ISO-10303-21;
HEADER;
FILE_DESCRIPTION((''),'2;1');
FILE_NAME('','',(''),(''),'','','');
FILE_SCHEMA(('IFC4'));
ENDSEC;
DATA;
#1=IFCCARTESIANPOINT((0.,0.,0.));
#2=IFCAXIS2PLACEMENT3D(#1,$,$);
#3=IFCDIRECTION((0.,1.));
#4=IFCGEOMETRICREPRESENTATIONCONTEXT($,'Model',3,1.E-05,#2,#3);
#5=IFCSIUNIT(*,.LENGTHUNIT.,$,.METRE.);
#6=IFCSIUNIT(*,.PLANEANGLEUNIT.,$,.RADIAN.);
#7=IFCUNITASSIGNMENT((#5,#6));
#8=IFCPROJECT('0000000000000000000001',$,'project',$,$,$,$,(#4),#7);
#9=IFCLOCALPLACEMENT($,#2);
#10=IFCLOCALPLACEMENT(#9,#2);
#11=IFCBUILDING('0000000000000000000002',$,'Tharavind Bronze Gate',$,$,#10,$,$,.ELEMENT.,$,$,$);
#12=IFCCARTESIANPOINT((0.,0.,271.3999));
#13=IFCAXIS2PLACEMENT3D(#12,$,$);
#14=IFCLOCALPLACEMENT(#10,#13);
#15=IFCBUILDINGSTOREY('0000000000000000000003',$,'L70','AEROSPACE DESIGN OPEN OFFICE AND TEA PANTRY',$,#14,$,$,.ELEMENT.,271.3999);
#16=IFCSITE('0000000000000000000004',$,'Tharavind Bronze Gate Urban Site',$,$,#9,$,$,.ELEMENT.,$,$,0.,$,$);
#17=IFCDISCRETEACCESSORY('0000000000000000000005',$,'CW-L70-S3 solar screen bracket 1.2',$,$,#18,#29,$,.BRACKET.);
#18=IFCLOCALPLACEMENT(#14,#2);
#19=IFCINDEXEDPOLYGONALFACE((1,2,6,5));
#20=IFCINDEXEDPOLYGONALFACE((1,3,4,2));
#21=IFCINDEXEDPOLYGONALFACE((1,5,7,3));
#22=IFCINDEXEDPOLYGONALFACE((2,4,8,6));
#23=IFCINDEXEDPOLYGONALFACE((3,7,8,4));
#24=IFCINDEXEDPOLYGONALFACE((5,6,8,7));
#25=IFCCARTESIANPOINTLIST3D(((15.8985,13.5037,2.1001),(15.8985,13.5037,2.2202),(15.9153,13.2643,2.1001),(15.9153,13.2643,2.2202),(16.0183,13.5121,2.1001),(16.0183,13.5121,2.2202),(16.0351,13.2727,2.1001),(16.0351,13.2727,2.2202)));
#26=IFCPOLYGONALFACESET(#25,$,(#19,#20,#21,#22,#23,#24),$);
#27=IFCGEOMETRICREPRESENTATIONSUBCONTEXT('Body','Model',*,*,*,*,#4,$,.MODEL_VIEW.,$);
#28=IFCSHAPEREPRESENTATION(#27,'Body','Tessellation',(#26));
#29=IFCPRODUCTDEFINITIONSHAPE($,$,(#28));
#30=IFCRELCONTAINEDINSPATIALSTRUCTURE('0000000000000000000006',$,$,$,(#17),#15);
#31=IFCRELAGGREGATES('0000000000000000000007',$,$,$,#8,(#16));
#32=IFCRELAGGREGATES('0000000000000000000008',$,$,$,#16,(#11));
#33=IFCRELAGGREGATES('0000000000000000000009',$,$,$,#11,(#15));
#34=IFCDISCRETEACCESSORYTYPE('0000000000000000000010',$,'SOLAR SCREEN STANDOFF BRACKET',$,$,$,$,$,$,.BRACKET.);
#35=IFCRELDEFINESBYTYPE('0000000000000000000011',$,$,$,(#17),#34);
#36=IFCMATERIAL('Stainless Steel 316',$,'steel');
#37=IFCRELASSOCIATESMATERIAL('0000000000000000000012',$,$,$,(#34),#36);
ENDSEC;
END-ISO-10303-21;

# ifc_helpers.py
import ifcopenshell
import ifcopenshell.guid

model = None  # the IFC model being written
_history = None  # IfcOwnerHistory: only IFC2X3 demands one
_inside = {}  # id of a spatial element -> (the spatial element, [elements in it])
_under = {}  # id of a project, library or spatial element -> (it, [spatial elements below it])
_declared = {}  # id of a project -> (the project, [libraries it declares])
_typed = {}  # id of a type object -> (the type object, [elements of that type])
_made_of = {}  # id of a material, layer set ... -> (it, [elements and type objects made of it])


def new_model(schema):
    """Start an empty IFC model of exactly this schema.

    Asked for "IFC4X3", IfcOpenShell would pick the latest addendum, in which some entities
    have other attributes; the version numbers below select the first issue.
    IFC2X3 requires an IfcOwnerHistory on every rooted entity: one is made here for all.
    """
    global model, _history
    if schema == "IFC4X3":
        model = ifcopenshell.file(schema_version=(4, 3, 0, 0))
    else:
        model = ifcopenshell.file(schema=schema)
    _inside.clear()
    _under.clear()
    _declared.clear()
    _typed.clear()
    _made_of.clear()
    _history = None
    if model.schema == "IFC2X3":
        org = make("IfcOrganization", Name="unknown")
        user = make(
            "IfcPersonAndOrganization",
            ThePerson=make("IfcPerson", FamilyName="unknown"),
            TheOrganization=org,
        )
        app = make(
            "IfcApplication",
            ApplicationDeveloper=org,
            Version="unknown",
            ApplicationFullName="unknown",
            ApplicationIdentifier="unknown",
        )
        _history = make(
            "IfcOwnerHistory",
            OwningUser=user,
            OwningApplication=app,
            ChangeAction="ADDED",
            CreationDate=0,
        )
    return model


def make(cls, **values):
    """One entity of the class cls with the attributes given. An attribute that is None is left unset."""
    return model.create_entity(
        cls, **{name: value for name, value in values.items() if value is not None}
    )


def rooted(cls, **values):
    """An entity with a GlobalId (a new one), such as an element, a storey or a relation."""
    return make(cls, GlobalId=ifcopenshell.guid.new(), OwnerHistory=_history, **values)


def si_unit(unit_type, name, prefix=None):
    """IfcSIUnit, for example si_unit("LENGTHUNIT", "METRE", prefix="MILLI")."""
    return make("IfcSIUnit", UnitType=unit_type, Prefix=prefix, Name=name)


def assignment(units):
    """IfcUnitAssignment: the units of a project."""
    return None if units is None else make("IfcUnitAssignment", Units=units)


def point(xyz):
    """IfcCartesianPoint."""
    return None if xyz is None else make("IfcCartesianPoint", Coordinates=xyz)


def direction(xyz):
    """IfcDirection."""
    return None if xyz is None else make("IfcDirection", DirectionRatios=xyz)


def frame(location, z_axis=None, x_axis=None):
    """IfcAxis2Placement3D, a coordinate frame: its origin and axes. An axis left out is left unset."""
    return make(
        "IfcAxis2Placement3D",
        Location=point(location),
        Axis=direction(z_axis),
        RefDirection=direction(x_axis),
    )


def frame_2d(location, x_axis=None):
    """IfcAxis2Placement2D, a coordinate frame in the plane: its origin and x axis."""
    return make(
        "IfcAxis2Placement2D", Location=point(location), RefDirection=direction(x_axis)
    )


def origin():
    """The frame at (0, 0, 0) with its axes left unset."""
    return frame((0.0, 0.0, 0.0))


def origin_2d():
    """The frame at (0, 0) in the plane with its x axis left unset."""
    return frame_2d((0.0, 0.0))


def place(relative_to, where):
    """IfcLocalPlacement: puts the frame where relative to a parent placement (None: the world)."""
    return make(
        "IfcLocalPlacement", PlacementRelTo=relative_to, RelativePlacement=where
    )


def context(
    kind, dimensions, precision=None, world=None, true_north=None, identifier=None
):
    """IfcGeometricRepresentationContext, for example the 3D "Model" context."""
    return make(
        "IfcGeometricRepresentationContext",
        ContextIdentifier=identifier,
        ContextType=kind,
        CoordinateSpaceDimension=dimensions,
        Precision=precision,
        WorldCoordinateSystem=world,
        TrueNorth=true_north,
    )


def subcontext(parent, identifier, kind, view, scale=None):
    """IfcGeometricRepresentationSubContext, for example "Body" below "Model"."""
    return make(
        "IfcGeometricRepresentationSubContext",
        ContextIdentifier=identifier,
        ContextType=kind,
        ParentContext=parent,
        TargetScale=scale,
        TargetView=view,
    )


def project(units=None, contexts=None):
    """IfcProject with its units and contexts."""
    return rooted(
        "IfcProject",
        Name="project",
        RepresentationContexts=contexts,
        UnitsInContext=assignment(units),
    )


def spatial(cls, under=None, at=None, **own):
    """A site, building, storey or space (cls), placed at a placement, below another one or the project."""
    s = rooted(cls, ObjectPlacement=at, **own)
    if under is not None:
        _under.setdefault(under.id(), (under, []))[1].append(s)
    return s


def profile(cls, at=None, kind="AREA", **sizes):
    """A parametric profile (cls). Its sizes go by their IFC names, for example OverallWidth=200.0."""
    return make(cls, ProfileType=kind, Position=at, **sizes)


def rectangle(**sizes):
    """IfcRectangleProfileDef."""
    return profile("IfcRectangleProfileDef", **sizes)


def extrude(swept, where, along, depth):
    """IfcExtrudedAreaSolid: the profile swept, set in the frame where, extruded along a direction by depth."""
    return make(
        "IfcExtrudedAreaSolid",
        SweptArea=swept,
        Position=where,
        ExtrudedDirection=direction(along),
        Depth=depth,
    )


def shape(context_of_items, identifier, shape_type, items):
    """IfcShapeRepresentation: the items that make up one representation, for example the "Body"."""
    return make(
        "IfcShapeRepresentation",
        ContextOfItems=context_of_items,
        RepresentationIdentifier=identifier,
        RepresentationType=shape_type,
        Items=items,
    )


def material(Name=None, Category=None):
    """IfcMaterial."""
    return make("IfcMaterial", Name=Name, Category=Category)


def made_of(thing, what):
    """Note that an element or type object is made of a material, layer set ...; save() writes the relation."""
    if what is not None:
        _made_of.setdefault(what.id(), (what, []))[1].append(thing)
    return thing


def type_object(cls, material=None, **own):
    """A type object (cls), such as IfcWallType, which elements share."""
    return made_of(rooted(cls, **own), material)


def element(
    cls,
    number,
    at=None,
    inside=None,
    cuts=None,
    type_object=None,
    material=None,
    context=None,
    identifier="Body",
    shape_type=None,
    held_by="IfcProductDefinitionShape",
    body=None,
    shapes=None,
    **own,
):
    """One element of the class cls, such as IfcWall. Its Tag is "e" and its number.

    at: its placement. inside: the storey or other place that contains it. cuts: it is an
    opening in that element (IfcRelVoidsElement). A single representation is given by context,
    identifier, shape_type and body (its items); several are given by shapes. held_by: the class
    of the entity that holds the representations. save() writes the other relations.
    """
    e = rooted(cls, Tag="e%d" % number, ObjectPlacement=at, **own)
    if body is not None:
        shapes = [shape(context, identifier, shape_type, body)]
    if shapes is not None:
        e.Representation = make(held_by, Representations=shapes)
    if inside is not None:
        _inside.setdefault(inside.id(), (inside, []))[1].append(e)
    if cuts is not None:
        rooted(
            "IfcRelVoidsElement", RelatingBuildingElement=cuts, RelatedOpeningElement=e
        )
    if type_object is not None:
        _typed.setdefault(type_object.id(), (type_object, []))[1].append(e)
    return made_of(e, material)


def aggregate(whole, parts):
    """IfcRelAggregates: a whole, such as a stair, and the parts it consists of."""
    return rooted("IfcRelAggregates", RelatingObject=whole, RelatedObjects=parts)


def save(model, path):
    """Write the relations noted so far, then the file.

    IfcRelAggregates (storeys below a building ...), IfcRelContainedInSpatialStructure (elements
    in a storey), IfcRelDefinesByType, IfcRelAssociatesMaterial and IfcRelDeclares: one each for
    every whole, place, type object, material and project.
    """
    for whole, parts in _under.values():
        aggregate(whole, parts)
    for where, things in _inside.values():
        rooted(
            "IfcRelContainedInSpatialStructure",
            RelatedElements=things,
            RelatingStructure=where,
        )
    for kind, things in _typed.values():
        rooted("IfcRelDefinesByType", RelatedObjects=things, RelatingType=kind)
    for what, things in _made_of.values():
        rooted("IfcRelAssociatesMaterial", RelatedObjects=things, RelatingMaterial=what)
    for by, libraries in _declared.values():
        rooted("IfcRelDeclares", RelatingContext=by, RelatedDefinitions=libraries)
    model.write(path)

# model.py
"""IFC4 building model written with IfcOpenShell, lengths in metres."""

from ifc_helpers import new_model, si_unit, direction, frame, origin, origin_2d, place, context, subcontext, project, spatial, rectangle, extrude, material, type_object, element, save


model = new_model("IFC4")

# Units and contexts
model_context = context("Model", 3, precision=1e-05, world=origin(), true_north=direction((0.0, 1.0)))
body_context = subcontext(model_context, "Body", "Model", "MODEL_VIEW")
ifc_project = project(units=[si_unit("LENGTHUNIT", "METRE"), si_unit("PLANEANGLEUNIT", "RADIAN")], contexts=[model_context])

# Site, building, storey
site_placement = place(None, origin())
site = spatial("IfcSite", under=ifc_project, at=site_placement, Name="Tharavind Bronze Gate Urban Site", CompositionType="ELEMENT", RefElevation=0.0)
building_placement = place(site_placement, origin())
building = spatial("IfcBuilding", under=site, at=building_placement, Name="Tharavind Bronze Gate", CompositionType="ELEMENT")
storey_placement = place(building_placement, frame((0.0, 0.0, 271.3999)))
storey = spatial("IfcBuildingStorey", under=building, at=storey_placement, Name="L70", Description="AEROSPACE DESIGN OPEN OFFICE AND TEA PANTRY", CompositionType="ELEMENT", Elevation=271.3999)

# Discrete accessory
ifc_material_1 = material(Name="Stainless Steel 316", Category="steel")
discrete_accessory_type = type_object("IfcDiscreteAccessoryType", Name="SOLAR SCREEN STANDOFF BRACKET", PredefinedType="BRACKET", material=ifc_material_1)
discrete_accessory_placement = place(storey_placement, frame((15.9668, 13.3882, 2.1001), z_axis=(0.0, 0.0, 1.0), x_axis=(-0.997564, -0.06976, 0.0)))
element("IfcDiscreteAccessory", 1, at=discrete_accessory_placement, inside=storey, type_object=discrete_accessory_type, Name="CW-L70-S3 solar screen bracket 1.2", PredefinedType="BRACKET", context=body_context, shape_type="SweptSolid", body=[
    extrude(rectangle(XDim=0.1201, YDim=0.24, at=origin_2d()), origin(), (0.0, 0.0, 1.0), 0.1201),
])

save(model, "model.ifc")
